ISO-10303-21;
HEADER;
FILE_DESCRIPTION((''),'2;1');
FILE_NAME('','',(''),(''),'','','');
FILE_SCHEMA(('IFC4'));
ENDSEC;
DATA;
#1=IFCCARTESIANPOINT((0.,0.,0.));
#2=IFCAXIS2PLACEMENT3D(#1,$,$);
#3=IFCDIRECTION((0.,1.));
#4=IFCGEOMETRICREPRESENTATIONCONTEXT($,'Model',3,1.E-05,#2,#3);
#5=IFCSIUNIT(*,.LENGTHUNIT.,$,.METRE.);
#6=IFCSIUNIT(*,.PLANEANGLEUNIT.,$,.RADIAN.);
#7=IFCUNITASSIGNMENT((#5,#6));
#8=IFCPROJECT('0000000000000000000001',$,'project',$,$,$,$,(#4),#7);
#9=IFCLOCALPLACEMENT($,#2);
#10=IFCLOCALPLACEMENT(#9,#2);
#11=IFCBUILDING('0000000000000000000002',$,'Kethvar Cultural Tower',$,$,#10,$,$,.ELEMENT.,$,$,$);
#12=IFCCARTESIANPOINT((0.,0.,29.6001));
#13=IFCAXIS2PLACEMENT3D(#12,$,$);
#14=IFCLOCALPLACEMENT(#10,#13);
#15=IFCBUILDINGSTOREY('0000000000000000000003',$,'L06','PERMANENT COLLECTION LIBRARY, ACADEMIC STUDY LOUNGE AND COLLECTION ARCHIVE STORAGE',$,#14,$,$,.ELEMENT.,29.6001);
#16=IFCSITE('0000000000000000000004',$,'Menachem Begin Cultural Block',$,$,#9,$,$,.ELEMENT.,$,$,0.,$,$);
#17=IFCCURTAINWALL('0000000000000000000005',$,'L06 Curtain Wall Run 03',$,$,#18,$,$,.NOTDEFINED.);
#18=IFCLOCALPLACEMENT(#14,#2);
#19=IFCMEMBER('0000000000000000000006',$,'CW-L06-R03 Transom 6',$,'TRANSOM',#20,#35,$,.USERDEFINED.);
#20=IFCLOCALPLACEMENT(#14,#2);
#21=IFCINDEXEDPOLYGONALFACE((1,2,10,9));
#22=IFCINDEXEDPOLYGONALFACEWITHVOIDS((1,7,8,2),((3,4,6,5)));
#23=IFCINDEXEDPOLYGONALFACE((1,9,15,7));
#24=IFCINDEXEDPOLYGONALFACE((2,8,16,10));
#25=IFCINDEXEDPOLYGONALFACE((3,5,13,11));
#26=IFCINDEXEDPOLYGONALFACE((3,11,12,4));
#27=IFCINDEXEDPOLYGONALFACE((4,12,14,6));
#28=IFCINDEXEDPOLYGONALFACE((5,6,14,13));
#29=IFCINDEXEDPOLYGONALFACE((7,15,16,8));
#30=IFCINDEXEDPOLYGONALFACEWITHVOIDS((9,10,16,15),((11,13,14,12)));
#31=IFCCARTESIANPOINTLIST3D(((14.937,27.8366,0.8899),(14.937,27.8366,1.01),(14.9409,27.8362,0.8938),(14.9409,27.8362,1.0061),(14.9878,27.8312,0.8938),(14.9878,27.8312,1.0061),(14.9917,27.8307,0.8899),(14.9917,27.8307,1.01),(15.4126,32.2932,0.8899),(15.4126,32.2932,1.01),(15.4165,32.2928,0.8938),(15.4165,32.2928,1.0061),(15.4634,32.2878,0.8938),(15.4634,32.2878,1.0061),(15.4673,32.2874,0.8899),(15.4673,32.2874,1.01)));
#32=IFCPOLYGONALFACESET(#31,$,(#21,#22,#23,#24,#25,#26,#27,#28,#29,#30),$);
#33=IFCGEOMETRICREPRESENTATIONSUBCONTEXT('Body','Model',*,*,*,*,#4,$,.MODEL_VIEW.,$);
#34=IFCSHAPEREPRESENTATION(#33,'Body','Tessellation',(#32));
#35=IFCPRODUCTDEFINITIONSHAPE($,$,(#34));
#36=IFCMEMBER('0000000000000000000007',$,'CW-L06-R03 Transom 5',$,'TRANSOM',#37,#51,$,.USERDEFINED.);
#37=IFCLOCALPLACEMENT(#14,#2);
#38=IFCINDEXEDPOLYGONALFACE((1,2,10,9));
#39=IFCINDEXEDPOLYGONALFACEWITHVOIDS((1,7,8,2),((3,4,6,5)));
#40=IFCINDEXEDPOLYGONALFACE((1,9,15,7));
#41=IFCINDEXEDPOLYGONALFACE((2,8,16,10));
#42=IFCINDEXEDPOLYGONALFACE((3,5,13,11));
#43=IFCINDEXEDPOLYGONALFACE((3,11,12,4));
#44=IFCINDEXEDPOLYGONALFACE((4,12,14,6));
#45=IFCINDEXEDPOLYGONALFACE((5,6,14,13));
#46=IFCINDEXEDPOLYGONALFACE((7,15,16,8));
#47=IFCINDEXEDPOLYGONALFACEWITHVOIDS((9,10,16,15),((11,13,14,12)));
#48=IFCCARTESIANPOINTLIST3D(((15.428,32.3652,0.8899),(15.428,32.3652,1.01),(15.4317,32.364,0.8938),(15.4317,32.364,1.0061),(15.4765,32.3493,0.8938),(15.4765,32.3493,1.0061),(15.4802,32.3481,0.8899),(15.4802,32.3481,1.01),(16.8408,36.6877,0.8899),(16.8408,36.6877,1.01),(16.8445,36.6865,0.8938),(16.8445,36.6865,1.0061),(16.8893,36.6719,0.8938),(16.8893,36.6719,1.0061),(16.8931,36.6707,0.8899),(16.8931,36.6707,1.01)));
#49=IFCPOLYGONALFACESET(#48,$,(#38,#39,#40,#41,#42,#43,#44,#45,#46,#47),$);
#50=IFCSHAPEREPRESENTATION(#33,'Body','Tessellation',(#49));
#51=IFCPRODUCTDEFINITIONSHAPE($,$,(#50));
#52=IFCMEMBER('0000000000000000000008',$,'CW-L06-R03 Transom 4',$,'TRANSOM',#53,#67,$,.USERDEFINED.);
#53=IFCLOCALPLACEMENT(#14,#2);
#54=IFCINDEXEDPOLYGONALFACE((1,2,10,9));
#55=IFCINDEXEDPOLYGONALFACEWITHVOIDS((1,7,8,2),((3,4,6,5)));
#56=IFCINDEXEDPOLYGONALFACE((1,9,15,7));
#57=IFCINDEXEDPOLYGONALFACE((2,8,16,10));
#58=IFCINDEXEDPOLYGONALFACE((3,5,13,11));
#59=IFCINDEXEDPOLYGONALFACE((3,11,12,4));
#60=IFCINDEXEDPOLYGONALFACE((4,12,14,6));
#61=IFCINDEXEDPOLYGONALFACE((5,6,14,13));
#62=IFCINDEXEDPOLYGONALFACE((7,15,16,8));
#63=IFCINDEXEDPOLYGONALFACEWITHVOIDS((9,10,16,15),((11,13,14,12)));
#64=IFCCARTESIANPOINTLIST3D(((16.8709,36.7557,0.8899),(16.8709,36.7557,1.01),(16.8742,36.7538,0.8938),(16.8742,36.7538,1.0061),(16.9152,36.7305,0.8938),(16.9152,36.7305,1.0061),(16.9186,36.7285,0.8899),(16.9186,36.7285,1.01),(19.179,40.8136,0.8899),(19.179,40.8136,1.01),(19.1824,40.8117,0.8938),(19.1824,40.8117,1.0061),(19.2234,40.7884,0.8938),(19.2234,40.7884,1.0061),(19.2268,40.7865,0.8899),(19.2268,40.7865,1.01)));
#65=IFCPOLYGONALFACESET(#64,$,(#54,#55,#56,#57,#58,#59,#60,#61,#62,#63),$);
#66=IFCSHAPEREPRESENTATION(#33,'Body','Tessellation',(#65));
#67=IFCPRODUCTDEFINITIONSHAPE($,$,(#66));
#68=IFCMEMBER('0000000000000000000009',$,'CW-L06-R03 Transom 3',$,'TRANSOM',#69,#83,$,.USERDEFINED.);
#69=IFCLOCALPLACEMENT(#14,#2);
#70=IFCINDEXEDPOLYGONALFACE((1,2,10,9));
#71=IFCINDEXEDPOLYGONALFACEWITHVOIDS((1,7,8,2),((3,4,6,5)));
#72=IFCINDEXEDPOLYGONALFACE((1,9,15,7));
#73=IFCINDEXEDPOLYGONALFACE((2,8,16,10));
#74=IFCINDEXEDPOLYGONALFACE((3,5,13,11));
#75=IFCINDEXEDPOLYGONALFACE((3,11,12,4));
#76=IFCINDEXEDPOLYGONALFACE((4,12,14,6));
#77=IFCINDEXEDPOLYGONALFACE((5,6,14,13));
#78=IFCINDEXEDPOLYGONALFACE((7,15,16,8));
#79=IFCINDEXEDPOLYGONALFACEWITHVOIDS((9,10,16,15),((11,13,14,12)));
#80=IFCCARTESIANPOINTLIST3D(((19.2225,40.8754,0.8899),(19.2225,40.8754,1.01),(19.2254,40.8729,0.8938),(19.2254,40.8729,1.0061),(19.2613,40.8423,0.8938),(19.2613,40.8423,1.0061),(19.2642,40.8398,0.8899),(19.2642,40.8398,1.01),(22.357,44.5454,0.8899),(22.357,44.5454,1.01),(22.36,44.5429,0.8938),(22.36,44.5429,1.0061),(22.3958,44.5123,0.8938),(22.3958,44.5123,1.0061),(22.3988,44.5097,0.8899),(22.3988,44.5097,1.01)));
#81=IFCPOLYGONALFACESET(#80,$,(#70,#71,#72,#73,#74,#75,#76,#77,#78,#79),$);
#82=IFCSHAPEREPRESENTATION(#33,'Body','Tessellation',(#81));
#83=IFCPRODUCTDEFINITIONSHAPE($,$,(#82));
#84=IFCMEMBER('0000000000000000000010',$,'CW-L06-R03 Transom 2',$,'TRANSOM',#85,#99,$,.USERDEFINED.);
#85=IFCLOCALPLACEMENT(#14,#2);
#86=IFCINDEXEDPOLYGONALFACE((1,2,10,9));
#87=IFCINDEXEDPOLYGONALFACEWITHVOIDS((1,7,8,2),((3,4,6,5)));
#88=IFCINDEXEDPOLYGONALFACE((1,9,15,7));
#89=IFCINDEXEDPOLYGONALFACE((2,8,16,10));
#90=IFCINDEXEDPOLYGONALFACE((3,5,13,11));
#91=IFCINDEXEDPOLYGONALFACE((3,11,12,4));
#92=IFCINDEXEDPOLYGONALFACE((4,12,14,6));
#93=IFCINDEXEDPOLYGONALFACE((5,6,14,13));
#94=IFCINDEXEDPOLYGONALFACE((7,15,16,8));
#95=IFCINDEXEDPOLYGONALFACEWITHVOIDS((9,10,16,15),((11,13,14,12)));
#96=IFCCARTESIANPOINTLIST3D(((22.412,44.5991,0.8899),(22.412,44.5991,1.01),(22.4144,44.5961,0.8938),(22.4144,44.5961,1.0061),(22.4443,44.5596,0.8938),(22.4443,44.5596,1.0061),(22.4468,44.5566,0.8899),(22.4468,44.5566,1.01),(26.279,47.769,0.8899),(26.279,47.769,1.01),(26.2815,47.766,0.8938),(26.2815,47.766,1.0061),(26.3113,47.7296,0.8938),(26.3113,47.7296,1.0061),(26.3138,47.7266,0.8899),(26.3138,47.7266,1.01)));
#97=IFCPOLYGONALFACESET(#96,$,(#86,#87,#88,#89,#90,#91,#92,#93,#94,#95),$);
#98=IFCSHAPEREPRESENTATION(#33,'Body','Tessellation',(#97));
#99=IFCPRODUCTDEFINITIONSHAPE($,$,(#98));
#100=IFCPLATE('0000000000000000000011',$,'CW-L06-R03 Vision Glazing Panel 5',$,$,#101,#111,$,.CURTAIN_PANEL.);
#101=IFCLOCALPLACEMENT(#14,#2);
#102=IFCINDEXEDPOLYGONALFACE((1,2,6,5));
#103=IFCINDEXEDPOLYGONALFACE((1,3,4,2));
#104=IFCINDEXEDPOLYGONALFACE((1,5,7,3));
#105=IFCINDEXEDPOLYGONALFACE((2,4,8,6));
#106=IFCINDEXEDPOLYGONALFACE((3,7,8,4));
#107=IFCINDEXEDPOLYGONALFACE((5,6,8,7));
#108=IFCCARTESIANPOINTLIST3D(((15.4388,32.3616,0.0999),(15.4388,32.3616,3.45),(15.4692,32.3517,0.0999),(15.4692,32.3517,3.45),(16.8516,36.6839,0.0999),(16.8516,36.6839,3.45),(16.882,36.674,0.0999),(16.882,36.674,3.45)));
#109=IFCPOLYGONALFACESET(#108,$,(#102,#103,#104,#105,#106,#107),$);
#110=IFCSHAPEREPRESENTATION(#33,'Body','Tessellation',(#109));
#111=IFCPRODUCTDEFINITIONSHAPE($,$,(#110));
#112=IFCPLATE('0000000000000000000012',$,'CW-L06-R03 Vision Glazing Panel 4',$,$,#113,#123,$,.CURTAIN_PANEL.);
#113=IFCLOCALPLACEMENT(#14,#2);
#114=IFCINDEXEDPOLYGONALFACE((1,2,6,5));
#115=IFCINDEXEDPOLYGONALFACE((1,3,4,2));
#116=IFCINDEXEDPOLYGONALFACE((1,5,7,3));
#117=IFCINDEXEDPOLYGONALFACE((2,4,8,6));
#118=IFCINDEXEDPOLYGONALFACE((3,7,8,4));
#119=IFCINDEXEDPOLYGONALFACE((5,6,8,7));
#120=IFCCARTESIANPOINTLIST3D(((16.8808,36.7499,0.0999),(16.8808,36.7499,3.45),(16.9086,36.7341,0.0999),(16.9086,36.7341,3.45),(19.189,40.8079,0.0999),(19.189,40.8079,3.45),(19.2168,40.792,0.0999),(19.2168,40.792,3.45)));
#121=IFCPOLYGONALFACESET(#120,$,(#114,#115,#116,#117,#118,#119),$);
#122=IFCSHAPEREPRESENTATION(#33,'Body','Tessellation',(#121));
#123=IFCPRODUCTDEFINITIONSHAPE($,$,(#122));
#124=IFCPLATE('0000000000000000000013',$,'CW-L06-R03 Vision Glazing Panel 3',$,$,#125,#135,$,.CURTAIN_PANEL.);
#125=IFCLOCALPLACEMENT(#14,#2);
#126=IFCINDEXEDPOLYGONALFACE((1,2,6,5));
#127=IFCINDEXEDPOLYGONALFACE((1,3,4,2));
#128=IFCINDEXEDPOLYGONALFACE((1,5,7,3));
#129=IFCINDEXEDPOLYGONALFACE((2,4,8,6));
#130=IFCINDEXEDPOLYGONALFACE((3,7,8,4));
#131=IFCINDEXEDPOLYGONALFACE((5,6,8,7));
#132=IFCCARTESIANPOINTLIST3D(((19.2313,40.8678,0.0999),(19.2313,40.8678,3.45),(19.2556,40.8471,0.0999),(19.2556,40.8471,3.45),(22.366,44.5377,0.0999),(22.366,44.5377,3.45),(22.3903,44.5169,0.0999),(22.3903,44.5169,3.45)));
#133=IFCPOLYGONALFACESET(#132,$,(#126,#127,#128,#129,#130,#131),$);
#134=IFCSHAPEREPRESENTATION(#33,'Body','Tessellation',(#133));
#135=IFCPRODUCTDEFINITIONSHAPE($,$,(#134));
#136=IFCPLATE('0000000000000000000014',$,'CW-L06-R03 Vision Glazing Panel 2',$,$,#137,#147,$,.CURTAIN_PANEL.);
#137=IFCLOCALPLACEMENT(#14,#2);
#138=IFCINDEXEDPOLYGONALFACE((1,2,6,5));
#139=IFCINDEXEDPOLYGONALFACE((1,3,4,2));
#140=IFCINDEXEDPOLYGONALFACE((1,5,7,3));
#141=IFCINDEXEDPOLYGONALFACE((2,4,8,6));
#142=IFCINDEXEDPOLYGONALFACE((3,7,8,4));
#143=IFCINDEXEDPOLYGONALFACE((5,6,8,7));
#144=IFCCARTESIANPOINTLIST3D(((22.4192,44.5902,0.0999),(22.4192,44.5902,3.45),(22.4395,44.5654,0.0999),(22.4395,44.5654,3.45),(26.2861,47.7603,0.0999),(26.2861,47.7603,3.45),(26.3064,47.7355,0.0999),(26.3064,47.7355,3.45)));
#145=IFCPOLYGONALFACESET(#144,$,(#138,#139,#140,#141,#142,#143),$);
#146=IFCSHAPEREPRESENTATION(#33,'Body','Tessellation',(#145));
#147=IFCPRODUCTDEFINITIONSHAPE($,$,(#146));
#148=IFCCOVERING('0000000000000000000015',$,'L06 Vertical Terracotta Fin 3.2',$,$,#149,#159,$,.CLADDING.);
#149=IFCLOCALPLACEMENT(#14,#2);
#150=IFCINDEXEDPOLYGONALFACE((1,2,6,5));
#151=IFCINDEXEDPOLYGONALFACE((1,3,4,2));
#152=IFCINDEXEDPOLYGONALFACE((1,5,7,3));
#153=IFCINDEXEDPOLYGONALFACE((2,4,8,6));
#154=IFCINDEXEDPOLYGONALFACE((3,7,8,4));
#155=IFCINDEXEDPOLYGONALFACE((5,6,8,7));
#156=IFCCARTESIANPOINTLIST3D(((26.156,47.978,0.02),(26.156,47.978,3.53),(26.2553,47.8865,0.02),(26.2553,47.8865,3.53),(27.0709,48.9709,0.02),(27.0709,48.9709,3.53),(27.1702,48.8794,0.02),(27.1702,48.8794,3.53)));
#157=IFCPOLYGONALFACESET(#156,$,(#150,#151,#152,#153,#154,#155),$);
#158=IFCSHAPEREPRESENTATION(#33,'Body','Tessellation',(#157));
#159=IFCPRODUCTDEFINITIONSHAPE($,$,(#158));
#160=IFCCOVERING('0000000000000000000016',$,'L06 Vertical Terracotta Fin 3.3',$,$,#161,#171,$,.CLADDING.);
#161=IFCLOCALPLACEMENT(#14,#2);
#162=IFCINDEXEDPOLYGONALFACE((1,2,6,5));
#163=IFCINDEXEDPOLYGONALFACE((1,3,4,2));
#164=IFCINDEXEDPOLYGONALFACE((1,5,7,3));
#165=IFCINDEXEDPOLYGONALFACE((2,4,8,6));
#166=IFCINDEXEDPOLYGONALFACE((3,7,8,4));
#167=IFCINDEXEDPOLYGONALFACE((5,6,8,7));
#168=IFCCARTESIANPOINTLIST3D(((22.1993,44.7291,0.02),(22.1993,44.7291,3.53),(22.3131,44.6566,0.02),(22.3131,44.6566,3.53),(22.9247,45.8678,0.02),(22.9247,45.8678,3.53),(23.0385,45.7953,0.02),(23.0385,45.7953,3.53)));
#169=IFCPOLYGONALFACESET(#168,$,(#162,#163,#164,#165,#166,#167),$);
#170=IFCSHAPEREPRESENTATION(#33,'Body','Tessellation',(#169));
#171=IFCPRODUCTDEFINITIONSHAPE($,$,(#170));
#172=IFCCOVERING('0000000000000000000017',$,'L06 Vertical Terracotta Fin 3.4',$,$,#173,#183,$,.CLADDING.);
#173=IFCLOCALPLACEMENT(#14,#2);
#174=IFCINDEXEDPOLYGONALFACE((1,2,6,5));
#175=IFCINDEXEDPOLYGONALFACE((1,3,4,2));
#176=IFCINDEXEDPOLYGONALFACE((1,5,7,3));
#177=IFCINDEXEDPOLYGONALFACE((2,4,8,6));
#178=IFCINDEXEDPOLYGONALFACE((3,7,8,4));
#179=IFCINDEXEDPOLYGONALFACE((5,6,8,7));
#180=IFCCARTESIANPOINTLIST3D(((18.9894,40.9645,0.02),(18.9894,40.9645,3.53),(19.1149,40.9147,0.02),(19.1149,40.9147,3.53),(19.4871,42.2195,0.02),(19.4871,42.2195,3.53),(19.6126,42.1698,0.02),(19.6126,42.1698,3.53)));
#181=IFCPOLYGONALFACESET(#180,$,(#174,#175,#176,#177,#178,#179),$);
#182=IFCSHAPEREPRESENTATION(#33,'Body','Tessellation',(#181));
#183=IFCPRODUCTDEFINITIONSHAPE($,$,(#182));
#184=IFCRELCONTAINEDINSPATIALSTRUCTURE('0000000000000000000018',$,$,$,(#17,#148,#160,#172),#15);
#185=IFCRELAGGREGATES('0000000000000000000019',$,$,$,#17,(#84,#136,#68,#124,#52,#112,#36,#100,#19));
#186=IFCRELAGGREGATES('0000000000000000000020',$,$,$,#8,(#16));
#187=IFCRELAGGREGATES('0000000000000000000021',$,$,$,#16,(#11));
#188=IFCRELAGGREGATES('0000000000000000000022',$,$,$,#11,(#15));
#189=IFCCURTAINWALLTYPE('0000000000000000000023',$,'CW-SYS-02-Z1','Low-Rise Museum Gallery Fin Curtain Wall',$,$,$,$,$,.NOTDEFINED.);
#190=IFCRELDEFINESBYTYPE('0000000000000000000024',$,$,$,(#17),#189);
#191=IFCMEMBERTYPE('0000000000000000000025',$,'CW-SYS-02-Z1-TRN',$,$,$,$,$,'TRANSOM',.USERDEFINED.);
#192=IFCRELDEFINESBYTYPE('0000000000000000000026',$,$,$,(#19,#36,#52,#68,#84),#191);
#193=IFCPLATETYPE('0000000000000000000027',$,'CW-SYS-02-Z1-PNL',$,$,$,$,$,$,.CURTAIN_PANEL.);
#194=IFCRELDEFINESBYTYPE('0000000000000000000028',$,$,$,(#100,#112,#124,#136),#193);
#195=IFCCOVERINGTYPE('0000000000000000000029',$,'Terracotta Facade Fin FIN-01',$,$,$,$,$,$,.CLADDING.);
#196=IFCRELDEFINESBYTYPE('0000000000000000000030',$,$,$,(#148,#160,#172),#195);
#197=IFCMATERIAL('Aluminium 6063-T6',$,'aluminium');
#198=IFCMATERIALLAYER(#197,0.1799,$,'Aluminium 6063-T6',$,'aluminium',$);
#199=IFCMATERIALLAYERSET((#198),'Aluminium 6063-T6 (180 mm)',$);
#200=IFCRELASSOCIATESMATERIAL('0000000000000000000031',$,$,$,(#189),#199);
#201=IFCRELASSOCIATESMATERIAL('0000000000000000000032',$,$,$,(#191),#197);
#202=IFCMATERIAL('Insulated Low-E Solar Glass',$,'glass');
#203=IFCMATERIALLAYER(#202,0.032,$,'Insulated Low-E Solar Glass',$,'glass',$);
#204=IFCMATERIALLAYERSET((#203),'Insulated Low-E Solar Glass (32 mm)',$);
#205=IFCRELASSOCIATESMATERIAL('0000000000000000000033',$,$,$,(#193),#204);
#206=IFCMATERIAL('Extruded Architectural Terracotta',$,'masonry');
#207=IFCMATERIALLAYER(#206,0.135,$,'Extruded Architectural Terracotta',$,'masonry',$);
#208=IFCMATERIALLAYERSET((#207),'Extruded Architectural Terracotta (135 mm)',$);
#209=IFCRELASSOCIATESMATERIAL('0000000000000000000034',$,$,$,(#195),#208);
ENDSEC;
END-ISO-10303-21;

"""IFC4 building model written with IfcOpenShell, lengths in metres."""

from ifc_helpers import new_model, si_unit, direction, frame, origin, origin_2d, place, context, subcontext, project, spatial, rectangle, hollow_rectangle, extrude, source, transform, mapped, material, layer, layer_set, material_profile, profile_set, type_object, element, aggregate, save


model = new_model("IFC4")

# Units and contexts
model_context = context("Model", 3, precision=1e-05, world=origin(), true_north=direction((0.0, 1.0)))
body_context = subcontext(model_context, "Body", "Model", "MODEL_VIEW")
ifc_project = project(units=[si_unit("LENGTHUNIT", "METRE"), si_unit("PLANEANGLEUNIT", "RADIAN")], contexts=[model_context])

# Site, building, storey
site_placement = place(None, origin())
site = spatial("IfcSite", under=ifc_project, at=site_placement, Name="Menachem Begin Cultural Block", CompositionType="ELEMENT", RefElevation=0.0)
building_placement = place(site_placement, origin())
building = spatial("IfcBuilding", under=site, at=building_placement, Name="Kethvar Cultural Tower", CompositionType="ELEMENT")
storey_placement = place(building_placement, frame((0.0, 0.0, 29.6001)))
storey = spatial("IfcBuildingStorey", under=building, at=storey_placement, Name="L06", Description="PERMANENT COLLECTION LIBRARY, ACADEMIC STUDY LOUNGE AND COLLECTION ARCHIVE STORAGE", CompositionType="ELEMENT", Elevation=29.6001)

# Curtain wall, members, plates
ifc_material_1 = material(Name="Aluminium 6063-T6", Category="aluminium")
ifc_layer_1 = layer(ifc_material_1, 0.1799, Name="Aluminium 6063-T6", Category="aluminium")
ifc_layer_set_1 = layer_set([ifc_layer_1], Name="Aluminium 6063-T6 (180 mm)")
curtain_wall_type = type_object("IfcCurtainWallType", Name="CW-SYS-02-Z1", Description="Low-Rise Museum Gallery Fin Curtain Wall", PredefinedType="NOTDEFINED", material=ifc_layer_set_1)
curtain_wall_placement = place(storey_placement, origin())
curtain_wall = element("IfcCurtainWall", 1, at=curtain_wall_placement, inside=storey, type_object=curtain_wall_type, Name="L06 Curtain Wall Run 03", PredefinedType="NOTDEFINED")
ifc_material_profile_1 = material_profile(ifc_material_1, hollow_rectangle(XDim=0.0549, YDim=0.1201, WallThickness=0.0039, at=origin_2d()), Name="Aluminium 6063-T6 — RHS120x55x4")
ifc_profile_set_1 = profile_set([ifc_material_profile_1], Name="Aluminium 6063-T6 — RHS120x55x4")
member_type_1 = type_object("IfcMemberType", Name="CW-SYS-02-Z1-TRN", ElementType="TRANSOM", PredefinedType="USERDEFINED", material=ifc_profile_set_1)
shared_shape_1 = source(origin(), body_context, "Body", "SweptSolid", [
    extrude(hollow_rectangle(XDim=0.0549, YDim=0.1201, WallThickness=0.0039, at=origin_2d()), origin(), (0.0, 0.0, 1.0), 4.4819),
])
member_1_placement = place(storey_placement, frame((15.4399, 32.2903, 0.95), z_axis=(-0.106114, -0.994354, 0.0), x_axis=(0.994354, -0.106114, 0.0)))
member_1 = element("IfcMember", 2, at=member_1_placement, type_object=member_type_1, Name="CW-L06-R03 Transom 6", ObjectType="TRANSOM", PredefinedType="USERDEFINED", context=body_context, shape_type="MappedRepresentation", body=[
    mapped(shared_shape_1, transform((0.0, 0.0, 0.0), scale=1.0)),
])
shared_shape_2 = source(origin(), body_context, "Body", "SweptSolid", [
    extrude(hollow_rectangle(XDim=0.0549, YDim=0.1201, WallThickness=0.0039, at=origin_2d()), origin(), (0.0, 0.0, 1.0), 4.5476),
])
member_2_placement = place(storey_placement, frame((16.8669, 36.6792, 0.95), z_axis=(-0.310682, -0.950514, 0.0), x_axis=(0.950514, -0.310682, 0.0)))
member_2 = element("IfcMember", 3, at=member_2_placement, type_object=member_type_1, Name="CW-L06-R03 Transom 5", ObjectType="TRANSOM", PredefinedType="USERDEFINED", context=body_context, shape_type="MappedRepresentation", body=[
    mapped(shared_shape_2, transform((0.0, 0.0, 0.0), scale=1.0)),
])
shared_shape_3 = source(origin(), body_context, "Body", "SweptSolid", [
    extrude(hollow_rectangle(XDim=0.0549, YDim=0.1201, WallThickness=0.0039, at=origin_2d()), origin(), (0.0, 0.0, 1.0), 4.6685),
])
member_3_placement = place(storey_placement, frame((19.2029, 40.8, 0.95), z_axis=(-0.494415, -0.869226, 0.0), x_axis=(0.869226, -0.494415, 0.0)))
member_3 = element("IfcMember", 4, at=member_3_placement, type_object=member_type_1, Name="CW-L06-R03 Transom 4", ObjectType="TRANSOM", PredefinedType="USERDEFINED", context=body_context, shape_type="MappedRepresentation", body=[
    mapped(shared_shape_3, transform((0.0, 0.0, 0.0), scale=1.0)),
])
shared_shape_4 = source(origin(), body_context, "Body", "SweptSolid", [
    extrude(hollow_rectangle(XDim=0.0549, YDim=0.1201, WallThickness=0.0039, at=origin_2d()), origin(), (0.0, 0.0, 1.0), 4.8264),
])
member_4_placement = place(storey_placement, frame((22.3779, 44.5276, 0.95), z_axis=(-0.649461, -0.760394, 0.0), x_axis=(0.760394, -0.649461, 0.0)))
member_4 = element("IfcMember", 5, at=member_4_placement, type_object=member_type_1, Name="CW-L06-R03 Transom 3", ObjectType="TRANSOM", PredefinedType="USERDEFINED", context=body_context, shape_type="MappedRepresentation", body=[
    mapped(shared_shape_4, transform((0.0, 0.0, 0.0), scale=1.0)),
])
shared_shape_5 = source(origin(), body_context, "Body", "SweptSolid", [
    extrude(hollow_rectangle(XDim=0.0549, YDim=0.1201, WallThickness=0.0039, at=origin_2d()), origin(), (0.0, 0.0, 1.0), 5.0002),
])
member_5_placement = place(storey_placement, frame((26.2964, 47.7478, 0.95), z_axis=(-0.773363, -0.633963, 0.0), x_axis=(0.633963, -0.773363, 0.0)))
member_5 = element("IfcMember", 6, at=member_5_placement, type_object=member_type_1, Name="CW-L06-R03 Transom 2", ObjectType="TRANSOM", PredefinedType="USERDEFINED", context=body_context, shape_type="MappedRepresentation", body=[
    mapped(shared_shape_5, transform((0.0, 0.0, 0.0), scale=1.0)),
])
ifc_material_2 = material(Name="Insulated Low-E Solar Glass", Category="glass")
ifc_layer_2 = layer(ifc_material_2, 0.032, Name="Insulated Low-E Solar Glass", Category="glass")
ifc_layer_set_2 = layer_set([ifc_layer_2], Name="Insulated Low-E Solar Glass (32 mm)")
plate_type = type_object("IfcPlateType", Name="CW-SYS-02-Z1-PNL", PredefinedType="CURTAIN_PANEL", material=ifc_layer_set_2)
shared_shape_6 = source(origin(), body_context, "Body", "SweptSolid", [
    extrude(rectangle(XDim=4.5474, YDim=0.032, at=origin_2d()), origin(), (0.0, 0.0, 1.0), 3.3501),
])
plate_1_placement = place(storey_placement, frame((16.1604, 34.5178, 0.0999), z_axis=(0.0, 0.0, 1.0), x_axis=(-0.310693, -0.95051, 0.0)))
plate_1 = element("IfcPlate", 7, at=plate_1_placement, type_object=plate_type, Name="CW-L06-R03 Vision Glazing Panel 5", PredefinedType="CURTAIN_PANEL", context=body_context, shape_type="MappedRepresentation", body=[
    mapped(shared_shape_6, transform((0.0, 0.0, 0.0), scale=1.0)),
])
shared_shape_7 = source(origin(), body_context, "Body", "SweptSolid", [
    extrude(rectangle(XDim=4.6685, YDim=0.032, at=origin_2d()), origin(), (0.0, 0.0, 1.0), 3.3501),
])
plate_2_placement = place(storey_placement, frame((18.0488, 38.771, 0.0999), z_axis=(0.0, 0.0, 1.0), x_axis=(-0.494427, -0.869219, 0.0)))
plate_2 = element("IfcPlate", 8, at=plate_2_placement, type_object=plate_type, Name="CW-L06-R03 Vision Glazing Panel 4", PredefinedType="CURTAIN_PANEL", context=body_context, shape_type="MappedRepresentation", body=[
    mapped(shared_shape_7, transform((0.0, 0.0, 0.0), scale=1.0)),
])
shared_shape_8 = source(origin(), body_context, "Body", "SweptSolid", [
    extrude(rectangle(XDim=4.8264, YDim=0.032, at=origin_2d()), origin(), (0.0, 0.0, 1.0), 3.3501),
])
plate_3_placement = place(storey_placement, frame((20.8108, 42.6924, 0.0999), z_axis=(0.0, 0.0, 1.0), x_axis=(-0.649488, -0.760372, 0.0)))
plate_3 = element("IfcPlate", 9, at=plate_3_placement, type_object=plate_type, Name="CW-L06-R03 Vision Glazing Panel 3", PredefinedType="CURTAIN_PANEL", context=body_context, shape_type="MappedRepresentation", body=[
    mapped(shared_shape_8, transform((0.0, 0.0, 0.0), scale=1.0)),
])
shared_shape_9 = source(origin(), body_context, "Body", "SweptSolid", [
    extrude(rectangle(XDim=5.0002, YDim=0.032, at=origin_2d()), origin(), (0.0, 0.0, 1.0), 3.3501),
])
plate_4_placement = place(storey_placement, frame((24.3628, 46.1628, 0.0999), z_axis=(0.0, 0.0, 1.0), x_axis=(-0.773343, -0.633988, 0.0)))
plate_4 = element("IfcPlate", 10, at=plate_4_placement, type_object=plate_type, Name="CW-L06-R03 Vision Glazing Panel 2", PredefinedType="CURTAIN_PANEL", context=body_context, shape_type="MappedRepresentation", body=[
    mapped(shared_shape_9, transform((0.0, 0.0, 0.0), scale=1.0)),
])
aggregate(curtain_wall, [member_5, plate_4, member_4, plate_3, member_3, plate_2, member_2, plate_1, member_1])

# Coverings
ifc_material_3 = material(Name="Extruded Architectural Terracotta", Category="masonry")
ifc_layer_3 = layer(ifc_material_3, 0.135, Name="Extruded Architectural Terracotta", Category="masonry")
ifc_layer_set_3 = layer_set([ifc_layer_3], Name="Extruded Architectural Terracotta (135 mm)")
covering_type = type_object("IfcCoveringType", Name="Terracotta Facade Fin FIN-01", PredefinedType="CLADDING", material=ifc_layer_set_3)
shared_shape_10 = source(origin(), body_context, "Body", "SweptSolid", [
    extrude(rectangle(XDim=1.3501, YDim=0.135, at=origin_2d()), origin(), (0.0, 0.0, 1.0), 3.51),
])
for number, where, z_axis, x_axis, name in (
    (11, (26.6631, 48.4287, 0.02), (0.0, 0.0, 1.0), (0.677646, 0.735388, 0.0), "L06 Vertical Terracotta Fin 3.2"),
    (12, (22.6189, 45.2622, 0.02), (0.0, 0.0, 1.0), (0.5373, 0.843391, 0.0), "L06 Vertical Terracotta Fin 3.3"),
    (13, (19.301, 41.5671, 0.02), (0.0, 0.0, 1.0), (0.368611, 0.929584, 0.0), "L06 Vertical Terracotta Fin 3.4"),
):
    element("IfcCovering", number, at=place(storey_placement, frame(where, z_axis=z_axis, x_axis=x_axis)), inside=storey, type_object=covering_type, Name=name, PredefinedType="CLADDING", context=body_context, shape_type="MappedRepresentation", body=[
        mapped(shared_shape_10, transform((0.0, 0.0, 0.0), scale=1.0)),
    ])

save(model, "model.ifc")
